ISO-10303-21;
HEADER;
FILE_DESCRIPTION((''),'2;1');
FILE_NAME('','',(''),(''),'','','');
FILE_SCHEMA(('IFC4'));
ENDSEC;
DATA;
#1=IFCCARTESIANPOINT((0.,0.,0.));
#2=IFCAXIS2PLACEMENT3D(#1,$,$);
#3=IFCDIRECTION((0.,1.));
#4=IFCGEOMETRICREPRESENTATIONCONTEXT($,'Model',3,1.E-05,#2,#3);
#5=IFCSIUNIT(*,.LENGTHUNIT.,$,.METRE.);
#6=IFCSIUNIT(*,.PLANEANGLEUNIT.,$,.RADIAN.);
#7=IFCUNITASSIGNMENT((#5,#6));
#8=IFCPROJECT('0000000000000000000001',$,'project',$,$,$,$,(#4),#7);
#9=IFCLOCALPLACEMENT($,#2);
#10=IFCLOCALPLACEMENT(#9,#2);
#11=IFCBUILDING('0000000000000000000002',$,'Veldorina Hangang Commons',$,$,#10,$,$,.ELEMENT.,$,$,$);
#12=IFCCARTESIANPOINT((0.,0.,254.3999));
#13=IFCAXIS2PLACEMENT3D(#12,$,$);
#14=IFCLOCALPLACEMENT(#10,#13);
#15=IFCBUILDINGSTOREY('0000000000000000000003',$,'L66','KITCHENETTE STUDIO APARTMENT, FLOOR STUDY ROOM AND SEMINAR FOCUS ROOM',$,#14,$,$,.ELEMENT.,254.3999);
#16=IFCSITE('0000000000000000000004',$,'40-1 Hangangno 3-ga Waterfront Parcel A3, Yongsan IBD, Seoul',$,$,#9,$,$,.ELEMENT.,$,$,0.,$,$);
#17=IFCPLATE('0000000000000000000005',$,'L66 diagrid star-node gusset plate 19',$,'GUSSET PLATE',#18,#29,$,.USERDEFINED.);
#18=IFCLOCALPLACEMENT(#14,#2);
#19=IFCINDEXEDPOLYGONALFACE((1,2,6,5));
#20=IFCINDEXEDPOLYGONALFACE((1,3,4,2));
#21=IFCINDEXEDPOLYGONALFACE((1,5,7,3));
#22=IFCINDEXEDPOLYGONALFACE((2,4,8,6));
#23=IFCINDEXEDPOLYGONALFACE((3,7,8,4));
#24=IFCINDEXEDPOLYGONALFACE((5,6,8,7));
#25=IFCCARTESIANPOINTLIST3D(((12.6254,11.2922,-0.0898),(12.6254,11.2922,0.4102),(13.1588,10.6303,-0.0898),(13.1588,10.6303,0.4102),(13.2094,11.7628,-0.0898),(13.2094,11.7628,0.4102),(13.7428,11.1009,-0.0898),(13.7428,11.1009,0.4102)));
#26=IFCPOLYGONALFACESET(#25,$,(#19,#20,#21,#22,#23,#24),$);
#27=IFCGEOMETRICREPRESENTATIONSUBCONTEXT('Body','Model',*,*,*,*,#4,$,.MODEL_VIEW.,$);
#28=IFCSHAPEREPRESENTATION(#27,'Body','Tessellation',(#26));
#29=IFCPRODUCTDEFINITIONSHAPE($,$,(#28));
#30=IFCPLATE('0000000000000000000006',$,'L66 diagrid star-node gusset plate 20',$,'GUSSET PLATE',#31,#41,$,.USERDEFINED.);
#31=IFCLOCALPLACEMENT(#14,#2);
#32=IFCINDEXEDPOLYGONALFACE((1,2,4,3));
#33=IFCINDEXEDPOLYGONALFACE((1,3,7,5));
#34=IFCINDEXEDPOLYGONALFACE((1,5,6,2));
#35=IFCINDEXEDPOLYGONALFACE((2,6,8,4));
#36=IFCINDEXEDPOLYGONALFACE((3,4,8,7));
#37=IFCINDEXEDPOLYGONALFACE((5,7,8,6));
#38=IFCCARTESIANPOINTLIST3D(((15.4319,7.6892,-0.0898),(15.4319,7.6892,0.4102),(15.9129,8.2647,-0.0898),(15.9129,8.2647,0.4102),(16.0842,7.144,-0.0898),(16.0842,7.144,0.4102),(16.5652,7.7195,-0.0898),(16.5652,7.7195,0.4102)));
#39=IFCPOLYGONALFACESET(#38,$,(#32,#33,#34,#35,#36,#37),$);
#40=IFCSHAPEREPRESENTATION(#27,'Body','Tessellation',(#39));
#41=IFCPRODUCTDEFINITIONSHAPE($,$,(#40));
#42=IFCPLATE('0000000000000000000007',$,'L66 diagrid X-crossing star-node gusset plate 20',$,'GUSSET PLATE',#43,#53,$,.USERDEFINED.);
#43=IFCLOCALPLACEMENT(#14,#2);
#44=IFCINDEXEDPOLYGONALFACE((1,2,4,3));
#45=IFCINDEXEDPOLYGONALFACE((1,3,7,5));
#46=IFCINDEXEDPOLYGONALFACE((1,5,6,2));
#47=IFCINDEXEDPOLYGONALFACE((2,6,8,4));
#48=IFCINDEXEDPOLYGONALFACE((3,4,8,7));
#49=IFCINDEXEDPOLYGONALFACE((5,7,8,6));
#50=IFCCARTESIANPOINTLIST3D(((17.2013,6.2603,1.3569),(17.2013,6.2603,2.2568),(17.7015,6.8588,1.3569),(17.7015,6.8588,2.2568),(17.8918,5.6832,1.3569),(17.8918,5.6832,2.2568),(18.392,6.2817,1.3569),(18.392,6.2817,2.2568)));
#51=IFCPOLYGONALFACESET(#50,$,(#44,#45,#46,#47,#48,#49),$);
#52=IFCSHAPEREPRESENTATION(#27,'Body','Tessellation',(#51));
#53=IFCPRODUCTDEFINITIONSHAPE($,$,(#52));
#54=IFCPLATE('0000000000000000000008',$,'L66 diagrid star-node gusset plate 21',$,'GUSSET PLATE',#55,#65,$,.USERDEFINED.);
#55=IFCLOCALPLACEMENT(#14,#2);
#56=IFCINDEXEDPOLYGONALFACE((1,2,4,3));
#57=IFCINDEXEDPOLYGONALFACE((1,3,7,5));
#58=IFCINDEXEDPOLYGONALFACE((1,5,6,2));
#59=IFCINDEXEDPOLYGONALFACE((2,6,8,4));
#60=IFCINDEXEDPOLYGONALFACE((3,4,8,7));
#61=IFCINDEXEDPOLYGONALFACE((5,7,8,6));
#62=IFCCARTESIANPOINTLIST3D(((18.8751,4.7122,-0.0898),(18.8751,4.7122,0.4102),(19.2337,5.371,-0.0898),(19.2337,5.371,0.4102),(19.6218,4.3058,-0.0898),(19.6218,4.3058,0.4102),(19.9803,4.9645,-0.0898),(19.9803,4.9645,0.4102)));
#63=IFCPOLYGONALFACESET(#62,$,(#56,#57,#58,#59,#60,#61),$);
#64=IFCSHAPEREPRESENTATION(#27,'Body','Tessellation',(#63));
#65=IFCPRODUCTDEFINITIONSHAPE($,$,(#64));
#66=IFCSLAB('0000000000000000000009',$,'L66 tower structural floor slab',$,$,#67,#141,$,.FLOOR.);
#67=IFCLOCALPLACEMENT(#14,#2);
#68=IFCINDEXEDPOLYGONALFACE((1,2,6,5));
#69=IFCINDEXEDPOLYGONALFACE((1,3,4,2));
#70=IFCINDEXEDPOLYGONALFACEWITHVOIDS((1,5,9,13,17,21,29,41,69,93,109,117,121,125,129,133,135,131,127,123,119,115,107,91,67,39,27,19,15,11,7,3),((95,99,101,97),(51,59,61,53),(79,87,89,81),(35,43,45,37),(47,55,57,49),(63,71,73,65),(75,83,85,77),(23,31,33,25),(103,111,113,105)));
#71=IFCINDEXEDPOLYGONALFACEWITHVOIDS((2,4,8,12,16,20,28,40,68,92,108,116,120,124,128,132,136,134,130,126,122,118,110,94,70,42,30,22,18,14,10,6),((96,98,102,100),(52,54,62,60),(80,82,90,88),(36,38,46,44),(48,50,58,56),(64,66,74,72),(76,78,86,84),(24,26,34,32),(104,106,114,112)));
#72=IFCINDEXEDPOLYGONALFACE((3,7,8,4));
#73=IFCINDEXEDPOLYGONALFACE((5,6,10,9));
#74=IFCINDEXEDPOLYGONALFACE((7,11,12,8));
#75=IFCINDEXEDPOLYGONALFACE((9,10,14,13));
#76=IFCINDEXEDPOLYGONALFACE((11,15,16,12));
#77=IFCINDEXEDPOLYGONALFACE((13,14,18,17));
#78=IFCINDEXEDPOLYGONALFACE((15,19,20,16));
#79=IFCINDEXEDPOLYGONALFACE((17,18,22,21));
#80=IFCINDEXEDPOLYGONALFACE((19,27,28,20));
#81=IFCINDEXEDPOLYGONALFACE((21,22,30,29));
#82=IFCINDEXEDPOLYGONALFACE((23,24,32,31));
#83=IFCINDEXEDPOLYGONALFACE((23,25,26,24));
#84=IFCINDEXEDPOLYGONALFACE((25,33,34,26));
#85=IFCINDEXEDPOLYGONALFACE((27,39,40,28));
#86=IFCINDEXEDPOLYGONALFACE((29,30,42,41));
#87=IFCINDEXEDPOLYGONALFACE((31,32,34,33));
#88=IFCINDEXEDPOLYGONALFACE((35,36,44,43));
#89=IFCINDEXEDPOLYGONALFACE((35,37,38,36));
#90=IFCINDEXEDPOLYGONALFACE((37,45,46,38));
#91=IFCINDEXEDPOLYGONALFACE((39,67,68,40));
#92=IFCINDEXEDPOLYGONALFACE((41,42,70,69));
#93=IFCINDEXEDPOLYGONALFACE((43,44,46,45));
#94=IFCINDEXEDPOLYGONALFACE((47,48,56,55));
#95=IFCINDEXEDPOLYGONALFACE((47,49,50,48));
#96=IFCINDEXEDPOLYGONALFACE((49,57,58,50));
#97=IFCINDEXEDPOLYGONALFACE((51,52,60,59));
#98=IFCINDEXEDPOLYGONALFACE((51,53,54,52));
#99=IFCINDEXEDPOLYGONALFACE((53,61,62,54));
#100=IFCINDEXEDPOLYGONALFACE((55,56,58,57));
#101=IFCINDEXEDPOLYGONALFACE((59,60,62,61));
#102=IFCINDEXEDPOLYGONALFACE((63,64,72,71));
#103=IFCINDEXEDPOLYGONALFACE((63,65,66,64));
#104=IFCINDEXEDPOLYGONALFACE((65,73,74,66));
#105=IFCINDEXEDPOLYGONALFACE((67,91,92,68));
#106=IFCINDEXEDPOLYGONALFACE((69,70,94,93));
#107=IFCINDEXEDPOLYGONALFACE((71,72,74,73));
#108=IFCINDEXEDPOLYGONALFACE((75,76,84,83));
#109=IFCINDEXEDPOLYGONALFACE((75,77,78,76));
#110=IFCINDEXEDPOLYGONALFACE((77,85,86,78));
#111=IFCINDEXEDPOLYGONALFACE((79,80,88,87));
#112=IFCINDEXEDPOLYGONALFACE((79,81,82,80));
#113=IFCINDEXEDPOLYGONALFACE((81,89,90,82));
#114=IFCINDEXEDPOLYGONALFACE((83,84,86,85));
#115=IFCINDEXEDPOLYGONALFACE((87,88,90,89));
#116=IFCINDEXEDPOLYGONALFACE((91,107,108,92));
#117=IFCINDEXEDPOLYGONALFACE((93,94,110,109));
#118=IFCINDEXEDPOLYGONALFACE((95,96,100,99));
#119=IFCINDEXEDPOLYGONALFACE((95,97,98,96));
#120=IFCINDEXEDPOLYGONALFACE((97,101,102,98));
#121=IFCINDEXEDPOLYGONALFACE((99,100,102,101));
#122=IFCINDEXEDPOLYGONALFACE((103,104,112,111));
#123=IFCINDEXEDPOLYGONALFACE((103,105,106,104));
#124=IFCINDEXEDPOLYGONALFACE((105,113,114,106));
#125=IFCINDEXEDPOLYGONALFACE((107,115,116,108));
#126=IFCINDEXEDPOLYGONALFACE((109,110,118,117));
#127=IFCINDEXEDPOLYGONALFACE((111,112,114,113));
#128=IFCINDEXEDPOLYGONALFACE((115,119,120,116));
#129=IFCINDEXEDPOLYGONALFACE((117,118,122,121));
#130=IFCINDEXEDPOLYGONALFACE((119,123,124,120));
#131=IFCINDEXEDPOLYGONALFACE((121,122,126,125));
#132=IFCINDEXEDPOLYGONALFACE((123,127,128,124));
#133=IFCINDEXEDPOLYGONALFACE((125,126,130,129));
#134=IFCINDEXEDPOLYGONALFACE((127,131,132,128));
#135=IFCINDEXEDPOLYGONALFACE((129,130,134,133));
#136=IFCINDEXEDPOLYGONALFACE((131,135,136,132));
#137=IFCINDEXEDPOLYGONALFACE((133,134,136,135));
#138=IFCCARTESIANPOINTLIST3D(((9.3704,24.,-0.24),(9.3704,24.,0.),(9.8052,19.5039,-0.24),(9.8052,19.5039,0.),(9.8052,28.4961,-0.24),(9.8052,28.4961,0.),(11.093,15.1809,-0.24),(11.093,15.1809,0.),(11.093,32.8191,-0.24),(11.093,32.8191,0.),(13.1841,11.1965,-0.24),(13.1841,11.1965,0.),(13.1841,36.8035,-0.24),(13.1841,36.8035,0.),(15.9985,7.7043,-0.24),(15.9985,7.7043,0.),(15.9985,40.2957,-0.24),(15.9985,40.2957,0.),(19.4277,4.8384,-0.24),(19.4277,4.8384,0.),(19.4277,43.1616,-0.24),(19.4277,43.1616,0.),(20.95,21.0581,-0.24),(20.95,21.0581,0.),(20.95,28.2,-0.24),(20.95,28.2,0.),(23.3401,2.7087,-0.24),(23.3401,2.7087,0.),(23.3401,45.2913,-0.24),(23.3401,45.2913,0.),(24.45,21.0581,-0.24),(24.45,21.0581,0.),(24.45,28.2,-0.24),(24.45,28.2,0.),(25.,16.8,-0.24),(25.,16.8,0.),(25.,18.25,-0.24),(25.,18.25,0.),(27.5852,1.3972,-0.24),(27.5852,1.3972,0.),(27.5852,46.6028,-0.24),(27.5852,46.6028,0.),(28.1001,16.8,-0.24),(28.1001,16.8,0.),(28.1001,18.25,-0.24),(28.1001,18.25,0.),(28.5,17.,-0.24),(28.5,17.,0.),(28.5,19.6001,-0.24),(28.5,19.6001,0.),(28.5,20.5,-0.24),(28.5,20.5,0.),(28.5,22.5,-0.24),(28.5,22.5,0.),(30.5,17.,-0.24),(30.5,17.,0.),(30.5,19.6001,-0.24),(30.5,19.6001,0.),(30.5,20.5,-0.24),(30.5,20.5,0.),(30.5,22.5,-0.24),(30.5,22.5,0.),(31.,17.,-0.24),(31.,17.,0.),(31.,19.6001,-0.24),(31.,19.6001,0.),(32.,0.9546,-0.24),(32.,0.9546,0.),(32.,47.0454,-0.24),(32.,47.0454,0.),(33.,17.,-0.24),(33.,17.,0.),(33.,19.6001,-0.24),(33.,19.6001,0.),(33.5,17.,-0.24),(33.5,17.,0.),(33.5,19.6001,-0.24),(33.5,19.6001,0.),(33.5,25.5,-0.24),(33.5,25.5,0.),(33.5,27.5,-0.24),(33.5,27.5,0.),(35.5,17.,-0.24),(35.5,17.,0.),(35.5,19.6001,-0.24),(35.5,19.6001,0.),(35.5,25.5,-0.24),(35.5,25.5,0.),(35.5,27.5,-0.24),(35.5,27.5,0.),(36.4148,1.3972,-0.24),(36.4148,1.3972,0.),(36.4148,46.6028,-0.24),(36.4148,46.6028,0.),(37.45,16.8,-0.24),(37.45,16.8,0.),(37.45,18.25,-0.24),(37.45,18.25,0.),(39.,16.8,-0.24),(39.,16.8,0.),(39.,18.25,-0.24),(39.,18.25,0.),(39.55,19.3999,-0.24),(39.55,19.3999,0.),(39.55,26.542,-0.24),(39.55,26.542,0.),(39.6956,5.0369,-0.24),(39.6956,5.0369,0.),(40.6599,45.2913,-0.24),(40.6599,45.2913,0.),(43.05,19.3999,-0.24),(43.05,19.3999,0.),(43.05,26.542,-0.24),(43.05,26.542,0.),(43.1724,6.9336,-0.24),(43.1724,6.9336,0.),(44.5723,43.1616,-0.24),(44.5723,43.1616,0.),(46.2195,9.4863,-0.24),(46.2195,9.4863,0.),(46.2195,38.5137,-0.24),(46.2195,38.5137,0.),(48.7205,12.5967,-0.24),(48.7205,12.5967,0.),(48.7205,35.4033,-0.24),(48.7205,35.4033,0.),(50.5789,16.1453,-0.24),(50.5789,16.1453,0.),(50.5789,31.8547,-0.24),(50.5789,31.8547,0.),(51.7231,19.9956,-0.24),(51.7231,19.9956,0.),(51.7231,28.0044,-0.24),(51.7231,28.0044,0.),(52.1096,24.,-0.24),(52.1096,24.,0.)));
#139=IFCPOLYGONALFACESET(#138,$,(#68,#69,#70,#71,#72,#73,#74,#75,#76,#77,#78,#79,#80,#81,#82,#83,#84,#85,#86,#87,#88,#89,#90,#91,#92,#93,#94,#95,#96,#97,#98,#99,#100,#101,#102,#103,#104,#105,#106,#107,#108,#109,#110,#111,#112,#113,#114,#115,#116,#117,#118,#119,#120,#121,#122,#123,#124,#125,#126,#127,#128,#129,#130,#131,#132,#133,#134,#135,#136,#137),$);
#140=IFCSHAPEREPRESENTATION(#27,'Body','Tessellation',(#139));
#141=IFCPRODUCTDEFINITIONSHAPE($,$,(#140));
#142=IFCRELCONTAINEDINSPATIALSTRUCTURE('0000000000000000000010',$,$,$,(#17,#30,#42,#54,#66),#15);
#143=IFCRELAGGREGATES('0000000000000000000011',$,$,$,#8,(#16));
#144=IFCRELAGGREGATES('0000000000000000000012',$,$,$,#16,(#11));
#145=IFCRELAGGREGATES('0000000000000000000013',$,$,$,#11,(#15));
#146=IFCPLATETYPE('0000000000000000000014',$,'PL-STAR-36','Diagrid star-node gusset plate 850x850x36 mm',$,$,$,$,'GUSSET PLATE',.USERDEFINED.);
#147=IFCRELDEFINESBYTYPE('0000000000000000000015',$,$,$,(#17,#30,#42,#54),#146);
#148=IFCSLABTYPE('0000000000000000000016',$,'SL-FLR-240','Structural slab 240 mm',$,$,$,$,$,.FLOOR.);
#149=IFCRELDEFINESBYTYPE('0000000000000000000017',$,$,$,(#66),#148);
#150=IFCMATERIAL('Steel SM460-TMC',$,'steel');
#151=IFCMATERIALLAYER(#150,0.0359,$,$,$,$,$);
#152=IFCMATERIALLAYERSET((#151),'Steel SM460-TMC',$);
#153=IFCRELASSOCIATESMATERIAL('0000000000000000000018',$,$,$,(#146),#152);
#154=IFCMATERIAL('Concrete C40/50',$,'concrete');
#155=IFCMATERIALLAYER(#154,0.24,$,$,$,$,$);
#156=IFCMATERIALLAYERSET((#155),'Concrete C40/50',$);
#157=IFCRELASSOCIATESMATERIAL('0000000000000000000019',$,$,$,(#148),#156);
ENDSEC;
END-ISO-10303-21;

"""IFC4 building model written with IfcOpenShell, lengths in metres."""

from ifc_helpers import new_model, si_unit, direction, frame, origin, origin_2d, place, context, subcontext, project, spatial, polyline, rectangle, outline, extrude, material, layer, layer_set, type_object, element, save


model = new_model("IFC4")

# Units and contexts
model_context = context("Model", 3, precision=1e-05, world=origin(), true_north=direction((0.0, 1.0)))
body_context = subcontext(model_context, "Body", "Model", "MODEL_VIEW")
ifc_project = project(units=[si_unit("LENGTHUNIT", "METRE"), si_unit("PLANEANGLEUNIT", "RADIAN")], contexts=[model_context])

# Site, building, storey
site_placement = place(None, origin())
site = spatial("IfcSite", under=ifc_project, at=site_placement, Name="40-1 Hangangno 3-ga Waterfront Parcel A3, Yongsan IBD, Seoul", CompositionType="ELEMENT", RefElevation=0.0)
building_placement = place(site_placement, origin())
building = spatial("IfcBuilding", under=site, at=building_placement, Name="Veldorina Hangang Commons", CompositionType="ELEMENT")
storey_placement = place(building_placement, frame((0.0, 0.0, 254.3999)))
storey = spatial("IfcBuildingStorey", under=building, at=storey_placement, Name="L66", Description="KITCHENETTE STUDIO APARTMENT, FLOOR STUDY ROOM AND SEMINAR FOCUS ROOM", CompositionType="ELEMENT", Elevation=254.3999)

# Plates
ifc_material_1 = material(Name="Steel SM460-TMC", Category="steel")
ifc_layer_1 = layer(ifc_material_1, 0.0359)
ifc_layer_set_1 = layer_set([ifc_layer_1], Name="Steel SM460-TMC")
plate_type = type_object("IfcPlateType", Name="PL-STAR-36", Description="Diagrid star-node gusset plate 850x850x36 mm", ElementType="GUSSET PLATE", PredefinedType="USERDEFINED", material=ifc_layer_set_1)
for number, where, z_axis, x_axis, name in (
    (1, (13.1841, 11.1965, -0.0898), (0.0, 0.0, 1.0), (0.627488, -0.778627, 0.0), "L66 diagrid star-node gusset plate 19"),
    (2, (15.9985, 7.7043, -0.0898), (0.0, 0.0, 1.0), (0.767299, -0.641289, 0.0), "L66 diagrid star-node gusset plate 20"),
):
    element("IfcPlate", number, at=place(storey_placement, frame(where, z_axis=z_axis, x_axis=x_axis)), inside=storey, type_object=plate_type, Name=name, ObjectType="GUSSET PLATE", PredefinedType="USERDEFINED", context=body_context, shape_type="SweptSolid", body=[
        extrude(rectangle(XDim=0.8501, YDim=0.75, at=origin_2d()), origin(), (0.0, 0.0, 1.0), 0.5),
    ])
plate_1_placement = place(storey_placement, frame((17.7966, 6.271, 1.3569), z_axis=(0.0, 0.0, 1.0), x_axis=(0.767299, -0.641289, 0.0)))
element("IfcPlate", 3, at=plate_1_placement, inside=storey, type_object=plate_type, Name="L66 diagrid X-crossing star-node gusset plate 20", ObjectType="GUSSET PLATE", PredefinedType="USERDEFINED", context=body_context, shape_type="SweptSolid", body=[
    extrude(rectangle(XDim=0.8999, YDim=0.78, at=origin_2d()), origin(), (0.0, 0.0, 1.0), 0.8999),
])
plate_2_placement = place(storey_placement, frame((19.4277, 4.8384, -0.0898), z_axis=(0.0, 0.0, 1.0), x_axis=(0.8783, -0.478109, 0.0)))
element("IfcPlate", 4, at=plate_2_placement, inside=storey, type_object=plate_type, Name="L66 diagrid star-node gusset plate 21", ObjectType="GUSSET PLATE", PredefinedType="USERDEFINED", context=body_context, shape_type="SweptSolid", body=[
    extrude(rectangle(XDim=0.8501, YDim=0.75, at=origin_2d()), origin(), (0.0, 0.0, 1.0), 0.5),
])

# Slab
ifc_material_2 = material(Name="Concrete C40/50", Category="concrete")
ifc_layer_2 = layer(ifc_material_2, 0.24)
ifc_layer_set_2 = layer_set([ifc_layer_2], Name="Concrete C40/50")
slab_type_1 = type_object("IfcSlabType", Name="SL-FLR-240", Description="Structural slab 240 mm", PredefinedType="FLOOR", material=ifc_layer_set_2)
slab_1_placement = place(storey_placement, frame((0.0, 0.0, -0.24)))
element("IfcSlab", 5, at=slab_1_placement, inside=storey, type_object=slab_type_1, Name="L66 tower structural floor slab", PredefinedType="FLOOR", context=body_context, shape_type="SweptSolid", body=[
    extrude(outline(polyline([(52.1096, 24.0), (51.7231, 28.0044), (50.5789, 31.8547), (48.7205, 35.4033), (46.2195, 38.5137), (44.5723, 43.1616), (40.6599, 45.2913), (36.4148, 46.6028), (32.0, 47.0454), (27.5852, 46.6028), (23.3401, 45.2913), (19.4277, 43.1616), (15.9985, 40.2957), (13.1841, 36.8035), (11.093, 32.8191), (9.8052, 28.4961), (9.3704, 24.0), (9.8052, 19.5039), (11.093, 15.1809), (13.1841, 11.1965), (15.9985, 7.7043), (19.4277, 4.8384), (23.3401, 2.7087), (27.5852, 1.3972), (32.0, 0.9546), (36.4148, 1.3972), (39.6956, 5.0369), (43.1724, 6.9336), (46.2195, 9.4863), (48.7205, 12.5967), (50.5789, 16.1453), (51.7231, 19.9956), (52.1096, 24.0)]), holes=[polyline([(20.95, 21.0581), (20.95, 28.2), (24.45, 28.2), (24.45, 21.0581), (20.95, 21.0581)]), polyline([(43.05, 26.542), (43.05, 19.3999), (39.55, 19.3999), (39.55, 26.542), (43.05, 26.542)]), polyline([(33.5, 27.5), (35.5, 27.5), (35.5, 25.5), (33.5, 25.5), (33.5, 27.5)]), polyline([(28.5, 22.5), (30.5, 22.5), (30.5, 20.5), (28.5, 20.5), (28.5, 22.5)]), polyline([(28.5, 19.6001), (30.5, 19.6001), (30.5, 17.0), (28.5, 17.0), (28.5, 19.6001)]), polyline([(31.0, 19.6001), (33.0, 19.6001), (33.0, 17.0), (31.0, 17.0), (31.0, 19.6001)]), polyline([(33.5, 19.6001), (35.5, 19.6001), (35.5, 17.0), (33.5, 17.0), (33.5, 19.6001)]), polyline([(25.0, 18.25), (28.1001, 18.25), (28.1001, 16.8), (25.0, 16.8), (25.0, 18.25)]), polyline([(37.45, 18.25), (39.0, 18.25), (39.0, 16.8), (37.45, 16.8), (37.45, 18.25)])]), origin(), (0.0, 0.0, 1.0), 0.24),
])

save(model, "model.ifc")
